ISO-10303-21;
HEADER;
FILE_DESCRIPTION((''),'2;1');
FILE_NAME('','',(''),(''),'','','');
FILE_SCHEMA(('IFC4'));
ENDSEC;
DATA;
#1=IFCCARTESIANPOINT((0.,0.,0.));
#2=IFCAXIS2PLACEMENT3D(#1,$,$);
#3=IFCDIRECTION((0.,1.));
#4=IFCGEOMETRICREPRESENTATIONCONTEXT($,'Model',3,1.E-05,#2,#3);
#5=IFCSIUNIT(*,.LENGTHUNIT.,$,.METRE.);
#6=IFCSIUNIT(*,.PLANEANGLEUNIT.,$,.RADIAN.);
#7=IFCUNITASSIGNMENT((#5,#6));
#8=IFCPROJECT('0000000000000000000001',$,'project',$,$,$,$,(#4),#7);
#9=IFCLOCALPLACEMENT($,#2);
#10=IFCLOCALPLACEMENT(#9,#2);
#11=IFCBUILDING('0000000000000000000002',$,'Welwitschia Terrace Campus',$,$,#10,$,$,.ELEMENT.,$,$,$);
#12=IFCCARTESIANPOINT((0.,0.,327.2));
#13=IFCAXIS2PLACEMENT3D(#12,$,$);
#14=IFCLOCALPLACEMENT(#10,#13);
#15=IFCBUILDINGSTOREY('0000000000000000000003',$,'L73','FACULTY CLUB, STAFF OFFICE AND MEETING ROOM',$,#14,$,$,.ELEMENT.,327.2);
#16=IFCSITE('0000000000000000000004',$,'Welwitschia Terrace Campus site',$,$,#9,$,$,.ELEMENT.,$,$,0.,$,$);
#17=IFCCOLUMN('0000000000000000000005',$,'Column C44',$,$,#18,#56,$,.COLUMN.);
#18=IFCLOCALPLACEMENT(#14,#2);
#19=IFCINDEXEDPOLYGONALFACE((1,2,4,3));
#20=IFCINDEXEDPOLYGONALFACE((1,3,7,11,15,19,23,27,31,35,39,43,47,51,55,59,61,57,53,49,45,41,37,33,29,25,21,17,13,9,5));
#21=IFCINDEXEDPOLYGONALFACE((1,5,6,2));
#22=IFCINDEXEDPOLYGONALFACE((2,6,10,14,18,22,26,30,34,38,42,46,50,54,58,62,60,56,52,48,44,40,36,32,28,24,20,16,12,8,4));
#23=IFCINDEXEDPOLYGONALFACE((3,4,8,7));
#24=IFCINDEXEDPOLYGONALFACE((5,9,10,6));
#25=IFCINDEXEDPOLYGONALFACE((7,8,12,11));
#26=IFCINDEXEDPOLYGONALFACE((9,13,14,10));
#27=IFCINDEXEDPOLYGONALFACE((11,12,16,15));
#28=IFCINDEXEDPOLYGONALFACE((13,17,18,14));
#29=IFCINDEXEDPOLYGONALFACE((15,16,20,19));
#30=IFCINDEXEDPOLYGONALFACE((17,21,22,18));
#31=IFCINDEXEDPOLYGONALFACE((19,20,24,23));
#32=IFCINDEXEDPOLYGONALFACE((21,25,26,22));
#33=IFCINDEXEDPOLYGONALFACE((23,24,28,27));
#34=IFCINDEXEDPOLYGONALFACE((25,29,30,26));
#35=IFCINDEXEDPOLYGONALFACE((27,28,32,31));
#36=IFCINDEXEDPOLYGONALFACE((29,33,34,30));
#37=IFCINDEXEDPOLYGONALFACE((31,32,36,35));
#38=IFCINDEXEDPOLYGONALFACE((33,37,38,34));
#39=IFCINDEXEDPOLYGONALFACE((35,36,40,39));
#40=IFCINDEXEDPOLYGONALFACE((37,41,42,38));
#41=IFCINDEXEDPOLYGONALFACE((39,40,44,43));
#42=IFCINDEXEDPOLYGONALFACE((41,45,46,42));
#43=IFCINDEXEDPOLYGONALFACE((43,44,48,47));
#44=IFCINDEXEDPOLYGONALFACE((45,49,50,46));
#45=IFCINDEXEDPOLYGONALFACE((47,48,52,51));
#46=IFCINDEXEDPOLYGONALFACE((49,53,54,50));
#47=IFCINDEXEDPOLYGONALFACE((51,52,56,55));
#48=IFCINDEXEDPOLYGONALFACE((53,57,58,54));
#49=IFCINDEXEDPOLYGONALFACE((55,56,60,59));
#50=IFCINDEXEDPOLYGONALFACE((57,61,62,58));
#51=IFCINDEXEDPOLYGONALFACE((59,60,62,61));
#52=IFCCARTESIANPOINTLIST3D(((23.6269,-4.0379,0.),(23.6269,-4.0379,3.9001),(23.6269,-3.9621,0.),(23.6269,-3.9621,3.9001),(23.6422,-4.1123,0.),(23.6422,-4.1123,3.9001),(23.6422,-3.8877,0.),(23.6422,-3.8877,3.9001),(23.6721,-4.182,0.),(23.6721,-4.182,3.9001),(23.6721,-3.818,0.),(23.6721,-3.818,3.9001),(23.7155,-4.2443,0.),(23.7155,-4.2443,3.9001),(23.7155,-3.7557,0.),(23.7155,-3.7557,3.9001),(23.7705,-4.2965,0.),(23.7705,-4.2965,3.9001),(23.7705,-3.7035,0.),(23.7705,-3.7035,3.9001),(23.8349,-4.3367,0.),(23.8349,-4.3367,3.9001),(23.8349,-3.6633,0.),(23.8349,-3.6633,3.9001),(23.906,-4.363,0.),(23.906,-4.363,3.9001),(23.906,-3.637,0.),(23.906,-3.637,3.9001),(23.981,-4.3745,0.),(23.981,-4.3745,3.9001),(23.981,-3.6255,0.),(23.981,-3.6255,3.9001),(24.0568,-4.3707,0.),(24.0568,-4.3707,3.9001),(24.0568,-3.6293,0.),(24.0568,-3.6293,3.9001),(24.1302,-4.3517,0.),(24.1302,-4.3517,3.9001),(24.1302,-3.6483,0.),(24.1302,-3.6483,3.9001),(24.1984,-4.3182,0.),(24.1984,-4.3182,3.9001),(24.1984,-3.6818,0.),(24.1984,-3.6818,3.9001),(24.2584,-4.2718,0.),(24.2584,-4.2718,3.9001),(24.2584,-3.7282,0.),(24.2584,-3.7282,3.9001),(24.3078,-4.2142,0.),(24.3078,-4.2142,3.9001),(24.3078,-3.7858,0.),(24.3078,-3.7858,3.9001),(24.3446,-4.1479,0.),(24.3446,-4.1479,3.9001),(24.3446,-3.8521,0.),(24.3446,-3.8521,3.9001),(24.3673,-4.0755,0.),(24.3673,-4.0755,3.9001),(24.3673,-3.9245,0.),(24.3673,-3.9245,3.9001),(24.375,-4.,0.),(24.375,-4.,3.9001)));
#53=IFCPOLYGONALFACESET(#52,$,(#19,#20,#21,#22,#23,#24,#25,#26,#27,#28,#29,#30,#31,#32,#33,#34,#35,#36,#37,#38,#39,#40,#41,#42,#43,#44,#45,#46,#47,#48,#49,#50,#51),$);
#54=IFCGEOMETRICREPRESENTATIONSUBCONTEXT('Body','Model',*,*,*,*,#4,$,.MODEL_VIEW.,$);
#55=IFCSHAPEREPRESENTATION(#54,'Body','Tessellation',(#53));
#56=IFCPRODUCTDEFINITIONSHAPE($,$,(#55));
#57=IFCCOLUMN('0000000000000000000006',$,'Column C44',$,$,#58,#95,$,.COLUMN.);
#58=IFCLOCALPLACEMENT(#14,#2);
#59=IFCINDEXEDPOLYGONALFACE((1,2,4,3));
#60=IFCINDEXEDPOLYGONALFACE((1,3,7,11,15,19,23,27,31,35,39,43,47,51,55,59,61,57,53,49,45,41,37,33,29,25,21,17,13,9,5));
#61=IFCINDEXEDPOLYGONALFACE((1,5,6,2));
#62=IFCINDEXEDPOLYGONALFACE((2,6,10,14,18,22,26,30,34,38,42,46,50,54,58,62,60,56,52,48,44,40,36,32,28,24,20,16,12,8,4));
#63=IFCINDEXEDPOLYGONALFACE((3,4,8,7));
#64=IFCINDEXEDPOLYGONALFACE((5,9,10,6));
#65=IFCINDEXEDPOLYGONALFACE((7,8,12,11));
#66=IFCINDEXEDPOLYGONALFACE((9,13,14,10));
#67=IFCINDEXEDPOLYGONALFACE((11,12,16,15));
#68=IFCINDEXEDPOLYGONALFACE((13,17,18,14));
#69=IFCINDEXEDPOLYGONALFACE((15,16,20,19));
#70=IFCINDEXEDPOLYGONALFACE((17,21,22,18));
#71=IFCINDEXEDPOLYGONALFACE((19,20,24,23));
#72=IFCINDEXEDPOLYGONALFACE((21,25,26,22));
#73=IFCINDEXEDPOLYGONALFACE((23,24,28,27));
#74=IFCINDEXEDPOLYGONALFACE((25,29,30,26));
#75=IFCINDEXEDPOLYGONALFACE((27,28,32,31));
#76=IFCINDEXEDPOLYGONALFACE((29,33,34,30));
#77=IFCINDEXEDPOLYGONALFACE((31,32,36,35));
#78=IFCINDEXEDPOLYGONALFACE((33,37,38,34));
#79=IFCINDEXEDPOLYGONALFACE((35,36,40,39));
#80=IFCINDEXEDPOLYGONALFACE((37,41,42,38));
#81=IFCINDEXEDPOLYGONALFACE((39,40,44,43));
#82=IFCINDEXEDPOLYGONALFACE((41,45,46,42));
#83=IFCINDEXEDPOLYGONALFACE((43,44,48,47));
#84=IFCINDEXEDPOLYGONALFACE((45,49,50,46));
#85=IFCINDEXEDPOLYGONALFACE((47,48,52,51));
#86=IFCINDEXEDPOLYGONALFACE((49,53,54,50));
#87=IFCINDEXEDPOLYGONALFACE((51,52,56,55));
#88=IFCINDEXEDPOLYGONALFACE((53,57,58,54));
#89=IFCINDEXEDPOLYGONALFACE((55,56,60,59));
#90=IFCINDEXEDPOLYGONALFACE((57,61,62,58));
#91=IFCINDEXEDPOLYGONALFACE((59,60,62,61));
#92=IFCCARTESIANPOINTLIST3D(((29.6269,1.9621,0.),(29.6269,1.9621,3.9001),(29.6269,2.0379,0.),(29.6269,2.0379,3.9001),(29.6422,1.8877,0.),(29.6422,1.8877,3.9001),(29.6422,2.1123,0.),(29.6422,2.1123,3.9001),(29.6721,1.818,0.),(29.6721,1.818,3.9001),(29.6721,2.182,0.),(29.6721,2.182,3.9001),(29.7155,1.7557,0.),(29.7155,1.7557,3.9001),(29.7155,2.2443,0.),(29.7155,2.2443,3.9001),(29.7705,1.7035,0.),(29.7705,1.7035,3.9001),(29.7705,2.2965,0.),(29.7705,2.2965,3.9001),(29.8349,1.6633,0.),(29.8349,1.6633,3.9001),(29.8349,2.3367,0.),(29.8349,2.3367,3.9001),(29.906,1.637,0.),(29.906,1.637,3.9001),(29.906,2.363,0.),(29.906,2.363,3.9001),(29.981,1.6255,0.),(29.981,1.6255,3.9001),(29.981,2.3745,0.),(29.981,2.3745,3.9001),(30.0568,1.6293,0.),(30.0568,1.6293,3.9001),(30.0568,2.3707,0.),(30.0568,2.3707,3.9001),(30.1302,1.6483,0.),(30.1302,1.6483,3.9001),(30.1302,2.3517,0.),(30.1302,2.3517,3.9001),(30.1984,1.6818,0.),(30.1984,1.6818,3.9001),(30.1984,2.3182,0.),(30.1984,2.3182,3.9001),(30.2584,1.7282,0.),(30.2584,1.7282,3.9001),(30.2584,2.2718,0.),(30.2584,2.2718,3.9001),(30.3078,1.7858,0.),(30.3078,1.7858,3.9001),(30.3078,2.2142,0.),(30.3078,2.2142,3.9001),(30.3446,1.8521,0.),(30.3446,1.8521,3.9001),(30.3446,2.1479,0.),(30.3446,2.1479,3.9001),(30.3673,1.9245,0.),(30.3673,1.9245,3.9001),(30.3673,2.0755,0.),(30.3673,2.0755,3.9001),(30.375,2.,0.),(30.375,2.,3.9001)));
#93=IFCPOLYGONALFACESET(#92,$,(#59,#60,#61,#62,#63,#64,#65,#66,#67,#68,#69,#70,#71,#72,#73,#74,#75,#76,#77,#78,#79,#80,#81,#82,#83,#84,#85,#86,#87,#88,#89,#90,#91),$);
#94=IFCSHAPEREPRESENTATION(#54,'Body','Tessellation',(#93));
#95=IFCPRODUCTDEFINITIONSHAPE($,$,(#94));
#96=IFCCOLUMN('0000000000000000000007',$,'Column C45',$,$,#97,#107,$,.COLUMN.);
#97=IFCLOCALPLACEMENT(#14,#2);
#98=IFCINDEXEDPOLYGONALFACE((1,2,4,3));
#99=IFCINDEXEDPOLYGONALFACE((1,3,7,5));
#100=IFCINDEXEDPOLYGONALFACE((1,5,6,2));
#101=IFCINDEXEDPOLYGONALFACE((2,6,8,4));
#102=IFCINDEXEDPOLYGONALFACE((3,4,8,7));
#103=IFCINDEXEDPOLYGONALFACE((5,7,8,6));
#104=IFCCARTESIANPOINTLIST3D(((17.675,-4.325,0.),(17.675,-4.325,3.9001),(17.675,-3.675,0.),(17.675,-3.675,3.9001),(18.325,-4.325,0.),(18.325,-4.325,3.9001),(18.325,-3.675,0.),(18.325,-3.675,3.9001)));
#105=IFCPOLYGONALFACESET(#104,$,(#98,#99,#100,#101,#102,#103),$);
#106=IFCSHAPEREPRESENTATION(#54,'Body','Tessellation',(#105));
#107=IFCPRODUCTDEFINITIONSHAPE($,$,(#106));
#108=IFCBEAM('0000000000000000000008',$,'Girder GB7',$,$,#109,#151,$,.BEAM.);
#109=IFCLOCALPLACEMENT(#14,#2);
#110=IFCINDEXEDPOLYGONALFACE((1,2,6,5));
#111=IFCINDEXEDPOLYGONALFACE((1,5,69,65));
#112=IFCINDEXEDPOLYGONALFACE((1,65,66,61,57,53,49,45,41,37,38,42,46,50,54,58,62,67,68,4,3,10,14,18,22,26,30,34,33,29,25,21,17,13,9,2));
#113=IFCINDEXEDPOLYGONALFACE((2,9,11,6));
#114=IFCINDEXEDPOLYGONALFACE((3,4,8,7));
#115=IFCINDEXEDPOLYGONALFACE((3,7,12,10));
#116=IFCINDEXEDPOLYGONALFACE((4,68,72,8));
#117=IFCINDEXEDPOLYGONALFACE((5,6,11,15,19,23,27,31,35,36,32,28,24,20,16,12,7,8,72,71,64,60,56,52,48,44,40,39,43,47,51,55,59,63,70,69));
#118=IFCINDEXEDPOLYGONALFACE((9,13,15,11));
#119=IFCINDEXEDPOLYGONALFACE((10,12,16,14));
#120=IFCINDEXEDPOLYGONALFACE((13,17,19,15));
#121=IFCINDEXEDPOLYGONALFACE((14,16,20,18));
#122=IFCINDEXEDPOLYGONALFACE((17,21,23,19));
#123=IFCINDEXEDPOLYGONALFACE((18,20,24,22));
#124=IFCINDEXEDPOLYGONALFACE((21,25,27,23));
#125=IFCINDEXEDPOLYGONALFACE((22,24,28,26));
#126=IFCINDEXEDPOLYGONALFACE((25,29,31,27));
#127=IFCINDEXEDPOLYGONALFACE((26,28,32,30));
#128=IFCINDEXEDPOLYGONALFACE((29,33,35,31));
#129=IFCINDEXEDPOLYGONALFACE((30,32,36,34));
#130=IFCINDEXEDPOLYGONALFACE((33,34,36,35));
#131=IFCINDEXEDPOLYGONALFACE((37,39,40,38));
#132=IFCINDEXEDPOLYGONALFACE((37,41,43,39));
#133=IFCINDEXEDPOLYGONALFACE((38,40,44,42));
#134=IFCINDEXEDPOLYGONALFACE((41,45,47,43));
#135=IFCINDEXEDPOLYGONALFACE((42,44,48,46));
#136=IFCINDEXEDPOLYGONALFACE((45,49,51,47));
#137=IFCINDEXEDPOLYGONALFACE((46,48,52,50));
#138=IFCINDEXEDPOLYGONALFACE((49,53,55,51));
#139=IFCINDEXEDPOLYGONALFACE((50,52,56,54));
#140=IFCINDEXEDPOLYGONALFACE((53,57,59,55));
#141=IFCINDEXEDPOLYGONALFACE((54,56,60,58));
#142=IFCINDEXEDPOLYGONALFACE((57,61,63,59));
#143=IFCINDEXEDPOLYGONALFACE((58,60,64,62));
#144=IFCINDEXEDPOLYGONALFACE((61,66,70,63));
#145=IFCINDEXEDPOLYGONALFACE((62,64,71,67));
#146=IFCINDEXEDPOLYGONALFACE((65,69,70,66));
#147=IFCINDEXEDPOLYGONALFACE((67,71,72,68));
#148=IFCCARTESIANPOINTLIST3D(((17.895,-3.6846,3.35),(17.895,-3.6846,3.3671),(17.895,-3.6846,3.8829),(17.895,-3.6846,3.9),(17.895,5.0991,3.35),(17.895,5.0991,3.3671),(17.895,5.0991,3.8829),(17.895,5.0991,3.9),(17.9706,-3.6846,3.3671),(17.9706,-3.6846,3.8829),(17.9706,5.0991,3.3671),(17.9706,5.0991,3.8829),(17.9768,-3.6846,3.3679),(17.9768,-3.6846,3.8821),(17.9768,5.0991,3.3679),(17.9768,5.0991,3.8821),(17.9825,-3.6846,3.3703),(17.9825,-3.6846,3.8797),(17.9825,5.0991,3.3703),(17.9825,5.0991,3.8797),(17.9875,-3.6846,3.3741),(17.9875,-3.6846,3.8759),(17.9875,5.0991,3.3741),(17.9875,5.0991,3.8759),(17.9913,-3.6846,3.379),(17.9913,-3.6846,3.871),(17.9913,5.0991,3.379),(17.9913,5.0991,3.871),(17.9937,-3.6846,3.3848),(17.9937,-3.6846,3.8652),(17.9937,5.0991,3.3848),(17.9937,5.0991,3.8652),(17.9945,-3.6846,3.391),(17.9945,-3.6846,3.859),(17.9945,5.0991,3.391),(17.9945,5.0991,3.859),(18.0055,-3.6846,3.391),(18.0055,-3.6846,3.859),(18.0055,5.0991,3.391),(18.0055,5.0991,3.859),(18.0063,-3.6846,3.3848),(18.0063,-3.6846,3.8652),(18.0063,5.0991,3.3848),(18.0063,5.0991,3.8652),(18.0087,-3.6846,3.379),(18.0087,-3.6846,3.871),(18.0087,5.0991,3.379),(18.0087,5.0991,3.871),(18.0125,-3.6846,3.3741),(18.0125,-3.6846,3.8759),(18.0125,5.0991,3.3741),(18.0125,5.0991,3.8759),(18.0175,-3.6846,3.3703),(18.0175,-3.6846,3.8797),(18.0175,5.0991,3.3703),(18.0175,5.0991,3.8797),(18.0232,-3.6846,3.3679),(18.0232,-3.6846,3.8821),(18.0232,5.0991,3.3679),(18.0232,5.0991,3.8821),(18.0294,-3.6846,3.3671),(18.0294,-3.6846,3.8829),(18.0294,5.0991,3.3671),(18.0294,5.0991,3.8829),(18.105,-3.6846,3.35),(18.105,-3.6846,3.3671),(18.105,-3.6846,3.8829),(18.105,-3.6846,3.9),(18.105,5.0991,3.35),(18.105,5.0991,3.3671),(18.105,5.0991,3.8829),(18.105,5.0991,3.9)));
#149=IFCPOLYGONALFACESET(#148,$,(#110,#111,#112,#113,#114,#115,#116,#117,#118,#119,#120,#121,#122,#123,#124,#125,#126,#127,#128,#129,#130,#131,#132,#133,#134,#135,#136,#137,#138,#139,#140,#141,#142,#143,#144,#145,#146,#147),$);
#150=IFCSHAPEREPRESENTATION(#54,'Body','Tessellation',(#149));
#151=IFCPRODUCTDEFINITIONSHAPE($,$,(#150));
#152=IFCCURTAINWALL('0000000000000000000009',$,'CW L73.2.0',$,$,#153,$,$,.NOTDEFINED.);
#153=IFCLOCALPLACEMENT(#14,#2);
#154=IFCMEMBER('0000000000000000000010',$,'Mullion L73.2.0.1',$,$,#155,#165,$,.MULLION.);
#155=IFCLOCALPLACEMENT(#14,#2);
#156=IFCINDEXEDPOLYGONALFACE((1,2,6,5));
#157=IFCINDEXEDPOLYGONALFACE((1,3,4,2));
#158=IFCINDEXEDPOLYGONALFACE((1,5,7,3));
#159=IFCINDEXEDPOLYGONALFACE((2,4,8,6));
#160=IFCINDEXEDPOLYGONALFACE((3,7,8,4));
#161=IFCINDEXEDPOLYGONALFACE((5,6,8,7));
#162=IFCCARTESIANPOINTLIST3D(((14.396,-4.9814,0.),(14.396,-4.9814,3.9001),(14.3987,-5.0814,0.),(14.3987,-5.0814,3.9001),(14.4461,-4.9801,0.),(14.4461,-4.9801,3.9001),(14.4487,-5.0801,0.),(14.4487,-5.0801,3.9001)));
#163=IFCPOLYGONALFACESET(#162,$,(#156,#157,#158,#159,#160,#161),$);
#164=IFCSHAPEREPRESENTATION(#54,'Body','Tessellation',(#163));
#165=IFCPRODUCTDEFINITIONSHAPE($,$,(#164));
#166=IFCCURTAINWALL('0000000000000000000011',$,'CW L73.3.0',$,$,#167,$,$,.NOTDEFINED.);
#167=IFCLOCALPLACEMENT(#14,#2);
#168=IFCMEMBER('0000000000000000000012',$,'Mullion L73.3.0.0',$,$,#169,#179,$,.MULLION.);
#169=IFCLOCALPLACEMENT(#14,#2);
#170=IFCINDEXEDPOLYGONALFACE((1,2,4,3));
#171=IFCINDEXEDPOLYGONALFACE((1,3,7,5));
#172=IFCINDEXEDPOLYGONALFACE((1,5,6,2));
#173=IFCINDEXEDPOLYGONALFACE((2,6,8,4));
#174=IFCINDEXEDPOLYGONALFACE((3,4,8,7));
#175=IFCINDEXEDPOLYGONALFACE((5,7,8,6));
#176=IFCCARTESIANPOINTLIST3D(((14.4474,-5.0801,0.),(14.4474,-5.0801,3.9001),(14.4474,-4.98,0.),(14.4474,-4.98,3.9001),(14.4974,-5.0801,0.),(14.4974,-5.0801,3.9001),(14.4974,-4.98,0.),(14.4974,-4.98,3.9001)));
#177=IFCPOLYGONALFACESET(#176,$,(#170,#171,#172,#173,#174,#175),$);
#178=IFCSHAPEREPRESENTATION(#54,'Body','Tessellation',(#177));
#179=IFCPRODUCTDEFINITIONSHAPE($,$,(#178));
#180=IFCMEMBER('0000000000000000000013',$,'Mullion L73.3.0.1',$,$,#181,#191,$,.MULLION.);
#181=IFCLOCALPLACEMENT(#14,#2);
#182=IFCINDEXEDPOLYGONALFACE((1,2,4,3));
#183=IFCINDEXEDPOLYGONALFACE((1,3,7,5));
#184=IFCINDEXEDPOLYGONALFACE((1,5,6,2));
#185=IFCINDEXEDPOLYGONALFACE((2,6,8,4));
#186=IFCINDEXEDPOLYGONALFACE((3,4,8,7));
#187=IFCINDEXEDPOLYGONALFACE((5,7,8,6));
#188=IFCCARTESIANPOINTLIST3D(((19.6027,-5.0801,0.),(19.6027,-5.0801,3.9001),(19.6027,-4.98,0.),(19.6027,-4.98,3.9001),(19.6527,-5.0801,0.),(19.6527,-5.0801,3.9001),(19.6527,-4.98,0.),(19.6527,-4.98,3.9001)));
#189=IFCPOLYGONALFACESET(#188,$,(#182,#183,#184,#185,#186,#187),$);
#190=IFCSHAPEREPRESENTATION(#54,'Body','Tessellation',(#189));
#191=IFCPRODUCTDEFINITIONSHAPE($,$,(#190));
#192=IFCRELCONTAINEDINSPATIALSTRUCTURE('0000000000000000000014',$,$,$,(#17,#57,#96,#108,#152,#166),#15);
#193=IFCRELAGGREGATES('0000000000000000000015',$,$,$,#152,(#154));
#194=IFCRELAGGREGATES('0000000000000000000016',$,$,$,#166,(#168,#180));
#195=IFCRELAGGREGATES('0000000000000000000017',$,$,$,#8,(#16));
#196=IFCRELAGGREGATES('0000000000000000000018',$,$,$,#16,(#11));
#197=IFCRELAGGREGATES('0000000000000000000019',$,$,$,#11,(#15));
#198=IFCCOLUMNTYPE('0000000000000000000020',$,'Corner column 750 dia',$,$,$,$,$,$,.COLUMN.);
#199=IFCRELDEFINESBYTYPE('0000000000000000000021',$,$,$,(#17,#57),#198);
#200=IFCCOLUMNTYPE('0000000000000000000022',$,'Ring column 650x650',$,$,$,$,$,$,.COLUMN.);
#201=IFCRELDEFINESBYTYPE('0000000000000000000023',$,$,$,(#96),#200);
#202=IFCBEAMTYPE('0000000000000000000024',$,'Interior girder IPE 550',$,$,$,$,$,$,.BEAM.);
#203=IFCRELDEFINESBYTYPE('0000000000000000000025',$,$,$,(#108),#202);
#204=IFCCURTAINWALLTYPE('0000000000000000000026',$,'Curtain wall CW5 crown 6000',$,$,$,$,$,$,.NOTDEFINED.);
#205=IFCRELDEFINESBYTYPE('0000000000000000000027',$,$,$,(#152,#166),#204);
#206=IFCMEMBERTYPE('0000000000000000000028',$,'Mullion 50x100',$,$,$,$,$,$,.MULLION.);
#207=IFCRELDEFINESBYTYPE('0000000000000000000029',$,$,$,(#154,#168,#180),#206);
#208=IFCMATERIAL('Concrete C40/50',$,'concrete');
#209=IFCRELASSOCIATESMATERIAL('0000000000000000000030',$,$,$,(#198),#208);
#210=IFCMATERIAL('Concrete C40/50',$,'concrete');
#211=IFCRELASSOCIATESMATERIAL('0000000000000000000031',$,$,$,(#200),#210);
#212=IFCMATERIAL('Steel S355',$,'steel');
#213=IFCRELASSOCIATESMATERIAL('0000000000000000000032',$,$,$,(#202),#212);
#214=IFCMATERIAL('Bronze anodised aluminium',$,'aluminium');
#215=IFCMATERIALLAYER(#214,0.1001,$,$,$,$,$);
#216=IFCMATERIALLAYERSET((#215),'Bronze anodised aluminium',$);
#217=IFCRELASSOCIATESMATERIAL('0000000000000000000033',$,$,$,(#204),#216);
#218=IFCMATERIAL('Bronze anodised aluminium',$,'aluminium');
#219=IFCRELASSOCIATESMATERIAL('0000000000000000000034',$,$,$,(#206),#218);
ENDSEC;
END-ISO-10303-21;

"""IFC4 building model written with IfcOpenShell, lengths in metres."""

from ifc_helpers import new_model, si_unit, direction, frame, origin, origin_2d, place, context, subcontext, project, spatial, rectangle, circle, i_section, extrude, material, layer, layer_set, material_profile, profile_set, type_object, element, aggregate, save


model = new_model("IFC4")

# Units and contexts
model_context = context("Model", 3, precision=1e-05, world=origin(), true_north=direction((0.0, 1.0)))
body_context = subcontext(model_context, "Body", "Model", "MODEL_VIEW")
ifc_project = project(units=[si_unit("LENGTHUNIT", "METRE"), si_unit("PLANEANGLEUNIT", "RADIAN")], contexts=[model_context])

# Site, building, storey
site_placement = place(None, origin())
site = spatial("IfcSite", under=ifc_project, at=site_placement, Name="Welwitschia Terrace Campus site", CompositionType="ELEMENT", RefElevation=0.0)
building_placement = place(site_placement, origin())
building = spatial("IfcBuilding", under=site, at=building_placement, Name="Welwitschia Terrace Campus", CompositionType="ELEMENT")
storey_placement = place(building_placement, frame((0.0, 0.0, 327.2)))
storey = spatial("IfcBuildingStorey", under=building, at=storey_placement, Name="L73", Description="FACULTY CLUB, STAFF OFFICE AND MEETING ROOM", CompositionType="ELEMENT", Elevation=327.2)

# Columns
ifc_material_1 = material(Name="Concrete C40/50", Category="concrete")
ifc_material_profile_1 = material_profile(ifc_material_1, circle(Radius=0.375, at=origin_2d()))
ifc_profile_set_1 = profile_set([ifc_material_profile_1], Name="Concrete C40/50")
column_type_1 = type_object("IfcColumnType", Name="Corner column 750 dia", PredefinedType="COLUMN", material=ifc_profile_set_1)
for number, where, z_axis, x_axis, name in (
    (1, (24.0, -4.0, 0.0), (0.0, 0.0, 1.0), (1.0, 0.0, 0.0), "Column C44"),
    (2, (30.0, 2.0, 0.0), (0.0, 0.0, 1.0), (1.0, 0.0, 0.0), "Column C44"),
):
    element("IfcColumn", number, at=place(storey_placement, frame(where, z_axis=z_axis, x_axis=x_axis)), inside=storey, type_object=column_type_1, Name=name, PredefinedType="COLUMN", context=body_context, shape_type="SweptSolid", body=[
        extrude(circle(Radius=0.375, at=origin_2d()), origin(), (0.0, 0.0, 1.0), 3.9001),
    ])
ifc_material_2 = material(Name="Concrete C40/50", Category="concrete")
ifc_material_profile_2 = material_profile(ifc_material_2, rectangle(XDim=0.6499, YDim=0.6499, at=origin_2d()))
ifc_profile_set_2 = profile_set([ifc_material_profile_2], Name="Concrete C40/50")
column_type_2 = type_object("IfcColumnType", Name="Ring column 650x650", PredefinedType="COLUMN", material=ifc_profile_set_2)
column_placement = place(storey_placement, frame((18.0, -4.0, 0.0), z_axis=(0.0, 0.0, 1.0), x_axis=(1.0, 0.0, 0.0)))
element("IfcColumn", 3, at=column_placement, inside=storey, type_object=column_type_2, Name="Column C45", PredefinedType="COLUMN", context=body_context, shape_type="SweptSolid", body=[
    extrude(rectangle(XDim=0.6499, YDim=0.6499, at=origin_2d()), origin(), (0.0, 0.0, 1.0), 3.9001),
])

# Beam
ifc_material_3 = material(Name="Steel S355", Category="steel")
ifc_material_profile_3 = material_profile(ifc_material_3, i_section(OverallWidth=0.21, OverallDepth=0.55, WebThickness=0.011, FlangeThickness=0.0171, FilletRadius=0.0239, at=origin_2d()))
ifc_profile_set_3 = profile_set([ifc_material_profile_3], Name="Steel S355")
beam_type_1 = type_object("IfcBeamType", Name="Interior girder IPE 550", PredefinedType="BEAM", material=ifc_profile_set_3)
beam_1_placement = place(storey_placement, frame((18.0, -3.6846, 3.625), z_axis=(0.0, 1.0, 0.0), x_axis=(-1.0, 0.0, 0.0)))
element("IfcBeam", 4, at=beam_1_placement, inside=storey, type_object=beam_type_1, Name="Girder GB7", PredefinedType="BEAM", context=body_context, shape_type="SweptSolid", body=[
    extrude(i_section(OverallWidth=0.21, OverallDepth=0.55, WebThickness=0.011, FlangeThickness=0.0171, FilletRadius=0.0239, at=origin_2d()), origin(), (0.0, 0.0, 1.0), 8.7837),
])

# Curtain wall, member
ifc_material_4 = material(Name="Bronze anodised aluminium", Category="aluminium")
ifc_layer_1 = layer(ifc_material_4, 0.1001)
ifc_layer_set_1 = layer_set([ifc_layer_1], Name="Bronze anodised aluminium")
curtain_wall_type = type_object("IfcCurtainWallType", Name="Curtain wall CW5 crown 6000", PredefinedType="NOTDEFINED", material=ifc_layer_set_1)
curtain_wall_1_placement = place(storey_placement, origin())
curtain_wall_1 = element("IfcCurtainWall", 5, at=curtain_wall_1_placement, inside=storey, type_object=curtain_wall_type, Name="CW L73.2.0", PredefinedType="NOTDEFINED")
ifc_material_5 = material(Name="Bronze anodised aluminium", Category="aluminium")
ifc_material_profile_4 = material_profile(ifc_material_5, rectangle(XDim=0.1001, YDim=0.05, at=origin_2d()))
ifc_profile_set_4 = profile_set([ifc_material_profile_4], Name="Bronze anodised aluminium")
member_type_1 = type_object("IfcMemberType", Name="Mullion 50x100", PredefinedType="MULLION", material=ifc_profile_set_4)
member_1_placement = place(storey_placement, frame((14.4224, -5.0308, 0.0), z_axis=(0.0, 0.0, 1.0), x_axis=(-0.026177, 0.999657, 0.0)))
member_1 = element("IfcMember", 6, at=member_1_placement, type_object=member_type_1, Name="Mullion L73.2.0.1", PredefinedType="MULLION", context=body_context, shape_type="SweptSolid", body=[
    extrude(rectangle(XDim=0.1001, YDim=0.05, at=origin_2d()), origin(), (0.0, 0.0, 1.0), 3.9001),
])
aggregate(curtain_wall_1, [member_1])

# Curtain wall, members
curtain_wall_2_placement = place(storey_placement, origin())
curtain_wall_2 = element("IfcCurtainWall", 7, at=curtain_wall_2_placement, inside=storey, type_object=curtain_wall_type, Name="CW L73.3.0", PredefinedType="NOTDEFINED")
member_2_placement = place(storey_placement, frame((14.4724, -5.03, 0.0), z_axis=(0.0, 0.0, 1.0), x_axis=(0.0, 1.0, 0.0)))
member_2 = element("IfcMember", 8, at=member_2_placement, type_object=member_type_1, Name="Mullion L73.3.0.0", PredefinedType="MULLION", context=body_context, shape_type="SweptSolid", body=[
    extrude(rectangle(XDim=0.1001, YDim=0.05, at=origin_2d()), origin(), (0.0, 0.0, 1.0), 3.9001),
])
member_3_placement = place(storey_placement, frame((19.6277, -5.03, 0.0), z_axis=(0.0, 0.0, 1.0), x_axis=(0.0, 1.0, 0.0)))
member_3 = element("IfcMember", 9, at=member_3_placement, type_object=member_type_1, Name="Mullion L73.3.0.1", PredefinedType="MULLION", context=body_context, shape_type="SweptSolid", body=[
    extrude(rectangle(XDim=0.1001, YDim=0.05, at=origin_2d()), origin(), (0.0, 0.0, 1.0), 3.9001),
])

aggregate(curtain_wall_2, [member_2, member_3])

save(model, "model.ifc")
